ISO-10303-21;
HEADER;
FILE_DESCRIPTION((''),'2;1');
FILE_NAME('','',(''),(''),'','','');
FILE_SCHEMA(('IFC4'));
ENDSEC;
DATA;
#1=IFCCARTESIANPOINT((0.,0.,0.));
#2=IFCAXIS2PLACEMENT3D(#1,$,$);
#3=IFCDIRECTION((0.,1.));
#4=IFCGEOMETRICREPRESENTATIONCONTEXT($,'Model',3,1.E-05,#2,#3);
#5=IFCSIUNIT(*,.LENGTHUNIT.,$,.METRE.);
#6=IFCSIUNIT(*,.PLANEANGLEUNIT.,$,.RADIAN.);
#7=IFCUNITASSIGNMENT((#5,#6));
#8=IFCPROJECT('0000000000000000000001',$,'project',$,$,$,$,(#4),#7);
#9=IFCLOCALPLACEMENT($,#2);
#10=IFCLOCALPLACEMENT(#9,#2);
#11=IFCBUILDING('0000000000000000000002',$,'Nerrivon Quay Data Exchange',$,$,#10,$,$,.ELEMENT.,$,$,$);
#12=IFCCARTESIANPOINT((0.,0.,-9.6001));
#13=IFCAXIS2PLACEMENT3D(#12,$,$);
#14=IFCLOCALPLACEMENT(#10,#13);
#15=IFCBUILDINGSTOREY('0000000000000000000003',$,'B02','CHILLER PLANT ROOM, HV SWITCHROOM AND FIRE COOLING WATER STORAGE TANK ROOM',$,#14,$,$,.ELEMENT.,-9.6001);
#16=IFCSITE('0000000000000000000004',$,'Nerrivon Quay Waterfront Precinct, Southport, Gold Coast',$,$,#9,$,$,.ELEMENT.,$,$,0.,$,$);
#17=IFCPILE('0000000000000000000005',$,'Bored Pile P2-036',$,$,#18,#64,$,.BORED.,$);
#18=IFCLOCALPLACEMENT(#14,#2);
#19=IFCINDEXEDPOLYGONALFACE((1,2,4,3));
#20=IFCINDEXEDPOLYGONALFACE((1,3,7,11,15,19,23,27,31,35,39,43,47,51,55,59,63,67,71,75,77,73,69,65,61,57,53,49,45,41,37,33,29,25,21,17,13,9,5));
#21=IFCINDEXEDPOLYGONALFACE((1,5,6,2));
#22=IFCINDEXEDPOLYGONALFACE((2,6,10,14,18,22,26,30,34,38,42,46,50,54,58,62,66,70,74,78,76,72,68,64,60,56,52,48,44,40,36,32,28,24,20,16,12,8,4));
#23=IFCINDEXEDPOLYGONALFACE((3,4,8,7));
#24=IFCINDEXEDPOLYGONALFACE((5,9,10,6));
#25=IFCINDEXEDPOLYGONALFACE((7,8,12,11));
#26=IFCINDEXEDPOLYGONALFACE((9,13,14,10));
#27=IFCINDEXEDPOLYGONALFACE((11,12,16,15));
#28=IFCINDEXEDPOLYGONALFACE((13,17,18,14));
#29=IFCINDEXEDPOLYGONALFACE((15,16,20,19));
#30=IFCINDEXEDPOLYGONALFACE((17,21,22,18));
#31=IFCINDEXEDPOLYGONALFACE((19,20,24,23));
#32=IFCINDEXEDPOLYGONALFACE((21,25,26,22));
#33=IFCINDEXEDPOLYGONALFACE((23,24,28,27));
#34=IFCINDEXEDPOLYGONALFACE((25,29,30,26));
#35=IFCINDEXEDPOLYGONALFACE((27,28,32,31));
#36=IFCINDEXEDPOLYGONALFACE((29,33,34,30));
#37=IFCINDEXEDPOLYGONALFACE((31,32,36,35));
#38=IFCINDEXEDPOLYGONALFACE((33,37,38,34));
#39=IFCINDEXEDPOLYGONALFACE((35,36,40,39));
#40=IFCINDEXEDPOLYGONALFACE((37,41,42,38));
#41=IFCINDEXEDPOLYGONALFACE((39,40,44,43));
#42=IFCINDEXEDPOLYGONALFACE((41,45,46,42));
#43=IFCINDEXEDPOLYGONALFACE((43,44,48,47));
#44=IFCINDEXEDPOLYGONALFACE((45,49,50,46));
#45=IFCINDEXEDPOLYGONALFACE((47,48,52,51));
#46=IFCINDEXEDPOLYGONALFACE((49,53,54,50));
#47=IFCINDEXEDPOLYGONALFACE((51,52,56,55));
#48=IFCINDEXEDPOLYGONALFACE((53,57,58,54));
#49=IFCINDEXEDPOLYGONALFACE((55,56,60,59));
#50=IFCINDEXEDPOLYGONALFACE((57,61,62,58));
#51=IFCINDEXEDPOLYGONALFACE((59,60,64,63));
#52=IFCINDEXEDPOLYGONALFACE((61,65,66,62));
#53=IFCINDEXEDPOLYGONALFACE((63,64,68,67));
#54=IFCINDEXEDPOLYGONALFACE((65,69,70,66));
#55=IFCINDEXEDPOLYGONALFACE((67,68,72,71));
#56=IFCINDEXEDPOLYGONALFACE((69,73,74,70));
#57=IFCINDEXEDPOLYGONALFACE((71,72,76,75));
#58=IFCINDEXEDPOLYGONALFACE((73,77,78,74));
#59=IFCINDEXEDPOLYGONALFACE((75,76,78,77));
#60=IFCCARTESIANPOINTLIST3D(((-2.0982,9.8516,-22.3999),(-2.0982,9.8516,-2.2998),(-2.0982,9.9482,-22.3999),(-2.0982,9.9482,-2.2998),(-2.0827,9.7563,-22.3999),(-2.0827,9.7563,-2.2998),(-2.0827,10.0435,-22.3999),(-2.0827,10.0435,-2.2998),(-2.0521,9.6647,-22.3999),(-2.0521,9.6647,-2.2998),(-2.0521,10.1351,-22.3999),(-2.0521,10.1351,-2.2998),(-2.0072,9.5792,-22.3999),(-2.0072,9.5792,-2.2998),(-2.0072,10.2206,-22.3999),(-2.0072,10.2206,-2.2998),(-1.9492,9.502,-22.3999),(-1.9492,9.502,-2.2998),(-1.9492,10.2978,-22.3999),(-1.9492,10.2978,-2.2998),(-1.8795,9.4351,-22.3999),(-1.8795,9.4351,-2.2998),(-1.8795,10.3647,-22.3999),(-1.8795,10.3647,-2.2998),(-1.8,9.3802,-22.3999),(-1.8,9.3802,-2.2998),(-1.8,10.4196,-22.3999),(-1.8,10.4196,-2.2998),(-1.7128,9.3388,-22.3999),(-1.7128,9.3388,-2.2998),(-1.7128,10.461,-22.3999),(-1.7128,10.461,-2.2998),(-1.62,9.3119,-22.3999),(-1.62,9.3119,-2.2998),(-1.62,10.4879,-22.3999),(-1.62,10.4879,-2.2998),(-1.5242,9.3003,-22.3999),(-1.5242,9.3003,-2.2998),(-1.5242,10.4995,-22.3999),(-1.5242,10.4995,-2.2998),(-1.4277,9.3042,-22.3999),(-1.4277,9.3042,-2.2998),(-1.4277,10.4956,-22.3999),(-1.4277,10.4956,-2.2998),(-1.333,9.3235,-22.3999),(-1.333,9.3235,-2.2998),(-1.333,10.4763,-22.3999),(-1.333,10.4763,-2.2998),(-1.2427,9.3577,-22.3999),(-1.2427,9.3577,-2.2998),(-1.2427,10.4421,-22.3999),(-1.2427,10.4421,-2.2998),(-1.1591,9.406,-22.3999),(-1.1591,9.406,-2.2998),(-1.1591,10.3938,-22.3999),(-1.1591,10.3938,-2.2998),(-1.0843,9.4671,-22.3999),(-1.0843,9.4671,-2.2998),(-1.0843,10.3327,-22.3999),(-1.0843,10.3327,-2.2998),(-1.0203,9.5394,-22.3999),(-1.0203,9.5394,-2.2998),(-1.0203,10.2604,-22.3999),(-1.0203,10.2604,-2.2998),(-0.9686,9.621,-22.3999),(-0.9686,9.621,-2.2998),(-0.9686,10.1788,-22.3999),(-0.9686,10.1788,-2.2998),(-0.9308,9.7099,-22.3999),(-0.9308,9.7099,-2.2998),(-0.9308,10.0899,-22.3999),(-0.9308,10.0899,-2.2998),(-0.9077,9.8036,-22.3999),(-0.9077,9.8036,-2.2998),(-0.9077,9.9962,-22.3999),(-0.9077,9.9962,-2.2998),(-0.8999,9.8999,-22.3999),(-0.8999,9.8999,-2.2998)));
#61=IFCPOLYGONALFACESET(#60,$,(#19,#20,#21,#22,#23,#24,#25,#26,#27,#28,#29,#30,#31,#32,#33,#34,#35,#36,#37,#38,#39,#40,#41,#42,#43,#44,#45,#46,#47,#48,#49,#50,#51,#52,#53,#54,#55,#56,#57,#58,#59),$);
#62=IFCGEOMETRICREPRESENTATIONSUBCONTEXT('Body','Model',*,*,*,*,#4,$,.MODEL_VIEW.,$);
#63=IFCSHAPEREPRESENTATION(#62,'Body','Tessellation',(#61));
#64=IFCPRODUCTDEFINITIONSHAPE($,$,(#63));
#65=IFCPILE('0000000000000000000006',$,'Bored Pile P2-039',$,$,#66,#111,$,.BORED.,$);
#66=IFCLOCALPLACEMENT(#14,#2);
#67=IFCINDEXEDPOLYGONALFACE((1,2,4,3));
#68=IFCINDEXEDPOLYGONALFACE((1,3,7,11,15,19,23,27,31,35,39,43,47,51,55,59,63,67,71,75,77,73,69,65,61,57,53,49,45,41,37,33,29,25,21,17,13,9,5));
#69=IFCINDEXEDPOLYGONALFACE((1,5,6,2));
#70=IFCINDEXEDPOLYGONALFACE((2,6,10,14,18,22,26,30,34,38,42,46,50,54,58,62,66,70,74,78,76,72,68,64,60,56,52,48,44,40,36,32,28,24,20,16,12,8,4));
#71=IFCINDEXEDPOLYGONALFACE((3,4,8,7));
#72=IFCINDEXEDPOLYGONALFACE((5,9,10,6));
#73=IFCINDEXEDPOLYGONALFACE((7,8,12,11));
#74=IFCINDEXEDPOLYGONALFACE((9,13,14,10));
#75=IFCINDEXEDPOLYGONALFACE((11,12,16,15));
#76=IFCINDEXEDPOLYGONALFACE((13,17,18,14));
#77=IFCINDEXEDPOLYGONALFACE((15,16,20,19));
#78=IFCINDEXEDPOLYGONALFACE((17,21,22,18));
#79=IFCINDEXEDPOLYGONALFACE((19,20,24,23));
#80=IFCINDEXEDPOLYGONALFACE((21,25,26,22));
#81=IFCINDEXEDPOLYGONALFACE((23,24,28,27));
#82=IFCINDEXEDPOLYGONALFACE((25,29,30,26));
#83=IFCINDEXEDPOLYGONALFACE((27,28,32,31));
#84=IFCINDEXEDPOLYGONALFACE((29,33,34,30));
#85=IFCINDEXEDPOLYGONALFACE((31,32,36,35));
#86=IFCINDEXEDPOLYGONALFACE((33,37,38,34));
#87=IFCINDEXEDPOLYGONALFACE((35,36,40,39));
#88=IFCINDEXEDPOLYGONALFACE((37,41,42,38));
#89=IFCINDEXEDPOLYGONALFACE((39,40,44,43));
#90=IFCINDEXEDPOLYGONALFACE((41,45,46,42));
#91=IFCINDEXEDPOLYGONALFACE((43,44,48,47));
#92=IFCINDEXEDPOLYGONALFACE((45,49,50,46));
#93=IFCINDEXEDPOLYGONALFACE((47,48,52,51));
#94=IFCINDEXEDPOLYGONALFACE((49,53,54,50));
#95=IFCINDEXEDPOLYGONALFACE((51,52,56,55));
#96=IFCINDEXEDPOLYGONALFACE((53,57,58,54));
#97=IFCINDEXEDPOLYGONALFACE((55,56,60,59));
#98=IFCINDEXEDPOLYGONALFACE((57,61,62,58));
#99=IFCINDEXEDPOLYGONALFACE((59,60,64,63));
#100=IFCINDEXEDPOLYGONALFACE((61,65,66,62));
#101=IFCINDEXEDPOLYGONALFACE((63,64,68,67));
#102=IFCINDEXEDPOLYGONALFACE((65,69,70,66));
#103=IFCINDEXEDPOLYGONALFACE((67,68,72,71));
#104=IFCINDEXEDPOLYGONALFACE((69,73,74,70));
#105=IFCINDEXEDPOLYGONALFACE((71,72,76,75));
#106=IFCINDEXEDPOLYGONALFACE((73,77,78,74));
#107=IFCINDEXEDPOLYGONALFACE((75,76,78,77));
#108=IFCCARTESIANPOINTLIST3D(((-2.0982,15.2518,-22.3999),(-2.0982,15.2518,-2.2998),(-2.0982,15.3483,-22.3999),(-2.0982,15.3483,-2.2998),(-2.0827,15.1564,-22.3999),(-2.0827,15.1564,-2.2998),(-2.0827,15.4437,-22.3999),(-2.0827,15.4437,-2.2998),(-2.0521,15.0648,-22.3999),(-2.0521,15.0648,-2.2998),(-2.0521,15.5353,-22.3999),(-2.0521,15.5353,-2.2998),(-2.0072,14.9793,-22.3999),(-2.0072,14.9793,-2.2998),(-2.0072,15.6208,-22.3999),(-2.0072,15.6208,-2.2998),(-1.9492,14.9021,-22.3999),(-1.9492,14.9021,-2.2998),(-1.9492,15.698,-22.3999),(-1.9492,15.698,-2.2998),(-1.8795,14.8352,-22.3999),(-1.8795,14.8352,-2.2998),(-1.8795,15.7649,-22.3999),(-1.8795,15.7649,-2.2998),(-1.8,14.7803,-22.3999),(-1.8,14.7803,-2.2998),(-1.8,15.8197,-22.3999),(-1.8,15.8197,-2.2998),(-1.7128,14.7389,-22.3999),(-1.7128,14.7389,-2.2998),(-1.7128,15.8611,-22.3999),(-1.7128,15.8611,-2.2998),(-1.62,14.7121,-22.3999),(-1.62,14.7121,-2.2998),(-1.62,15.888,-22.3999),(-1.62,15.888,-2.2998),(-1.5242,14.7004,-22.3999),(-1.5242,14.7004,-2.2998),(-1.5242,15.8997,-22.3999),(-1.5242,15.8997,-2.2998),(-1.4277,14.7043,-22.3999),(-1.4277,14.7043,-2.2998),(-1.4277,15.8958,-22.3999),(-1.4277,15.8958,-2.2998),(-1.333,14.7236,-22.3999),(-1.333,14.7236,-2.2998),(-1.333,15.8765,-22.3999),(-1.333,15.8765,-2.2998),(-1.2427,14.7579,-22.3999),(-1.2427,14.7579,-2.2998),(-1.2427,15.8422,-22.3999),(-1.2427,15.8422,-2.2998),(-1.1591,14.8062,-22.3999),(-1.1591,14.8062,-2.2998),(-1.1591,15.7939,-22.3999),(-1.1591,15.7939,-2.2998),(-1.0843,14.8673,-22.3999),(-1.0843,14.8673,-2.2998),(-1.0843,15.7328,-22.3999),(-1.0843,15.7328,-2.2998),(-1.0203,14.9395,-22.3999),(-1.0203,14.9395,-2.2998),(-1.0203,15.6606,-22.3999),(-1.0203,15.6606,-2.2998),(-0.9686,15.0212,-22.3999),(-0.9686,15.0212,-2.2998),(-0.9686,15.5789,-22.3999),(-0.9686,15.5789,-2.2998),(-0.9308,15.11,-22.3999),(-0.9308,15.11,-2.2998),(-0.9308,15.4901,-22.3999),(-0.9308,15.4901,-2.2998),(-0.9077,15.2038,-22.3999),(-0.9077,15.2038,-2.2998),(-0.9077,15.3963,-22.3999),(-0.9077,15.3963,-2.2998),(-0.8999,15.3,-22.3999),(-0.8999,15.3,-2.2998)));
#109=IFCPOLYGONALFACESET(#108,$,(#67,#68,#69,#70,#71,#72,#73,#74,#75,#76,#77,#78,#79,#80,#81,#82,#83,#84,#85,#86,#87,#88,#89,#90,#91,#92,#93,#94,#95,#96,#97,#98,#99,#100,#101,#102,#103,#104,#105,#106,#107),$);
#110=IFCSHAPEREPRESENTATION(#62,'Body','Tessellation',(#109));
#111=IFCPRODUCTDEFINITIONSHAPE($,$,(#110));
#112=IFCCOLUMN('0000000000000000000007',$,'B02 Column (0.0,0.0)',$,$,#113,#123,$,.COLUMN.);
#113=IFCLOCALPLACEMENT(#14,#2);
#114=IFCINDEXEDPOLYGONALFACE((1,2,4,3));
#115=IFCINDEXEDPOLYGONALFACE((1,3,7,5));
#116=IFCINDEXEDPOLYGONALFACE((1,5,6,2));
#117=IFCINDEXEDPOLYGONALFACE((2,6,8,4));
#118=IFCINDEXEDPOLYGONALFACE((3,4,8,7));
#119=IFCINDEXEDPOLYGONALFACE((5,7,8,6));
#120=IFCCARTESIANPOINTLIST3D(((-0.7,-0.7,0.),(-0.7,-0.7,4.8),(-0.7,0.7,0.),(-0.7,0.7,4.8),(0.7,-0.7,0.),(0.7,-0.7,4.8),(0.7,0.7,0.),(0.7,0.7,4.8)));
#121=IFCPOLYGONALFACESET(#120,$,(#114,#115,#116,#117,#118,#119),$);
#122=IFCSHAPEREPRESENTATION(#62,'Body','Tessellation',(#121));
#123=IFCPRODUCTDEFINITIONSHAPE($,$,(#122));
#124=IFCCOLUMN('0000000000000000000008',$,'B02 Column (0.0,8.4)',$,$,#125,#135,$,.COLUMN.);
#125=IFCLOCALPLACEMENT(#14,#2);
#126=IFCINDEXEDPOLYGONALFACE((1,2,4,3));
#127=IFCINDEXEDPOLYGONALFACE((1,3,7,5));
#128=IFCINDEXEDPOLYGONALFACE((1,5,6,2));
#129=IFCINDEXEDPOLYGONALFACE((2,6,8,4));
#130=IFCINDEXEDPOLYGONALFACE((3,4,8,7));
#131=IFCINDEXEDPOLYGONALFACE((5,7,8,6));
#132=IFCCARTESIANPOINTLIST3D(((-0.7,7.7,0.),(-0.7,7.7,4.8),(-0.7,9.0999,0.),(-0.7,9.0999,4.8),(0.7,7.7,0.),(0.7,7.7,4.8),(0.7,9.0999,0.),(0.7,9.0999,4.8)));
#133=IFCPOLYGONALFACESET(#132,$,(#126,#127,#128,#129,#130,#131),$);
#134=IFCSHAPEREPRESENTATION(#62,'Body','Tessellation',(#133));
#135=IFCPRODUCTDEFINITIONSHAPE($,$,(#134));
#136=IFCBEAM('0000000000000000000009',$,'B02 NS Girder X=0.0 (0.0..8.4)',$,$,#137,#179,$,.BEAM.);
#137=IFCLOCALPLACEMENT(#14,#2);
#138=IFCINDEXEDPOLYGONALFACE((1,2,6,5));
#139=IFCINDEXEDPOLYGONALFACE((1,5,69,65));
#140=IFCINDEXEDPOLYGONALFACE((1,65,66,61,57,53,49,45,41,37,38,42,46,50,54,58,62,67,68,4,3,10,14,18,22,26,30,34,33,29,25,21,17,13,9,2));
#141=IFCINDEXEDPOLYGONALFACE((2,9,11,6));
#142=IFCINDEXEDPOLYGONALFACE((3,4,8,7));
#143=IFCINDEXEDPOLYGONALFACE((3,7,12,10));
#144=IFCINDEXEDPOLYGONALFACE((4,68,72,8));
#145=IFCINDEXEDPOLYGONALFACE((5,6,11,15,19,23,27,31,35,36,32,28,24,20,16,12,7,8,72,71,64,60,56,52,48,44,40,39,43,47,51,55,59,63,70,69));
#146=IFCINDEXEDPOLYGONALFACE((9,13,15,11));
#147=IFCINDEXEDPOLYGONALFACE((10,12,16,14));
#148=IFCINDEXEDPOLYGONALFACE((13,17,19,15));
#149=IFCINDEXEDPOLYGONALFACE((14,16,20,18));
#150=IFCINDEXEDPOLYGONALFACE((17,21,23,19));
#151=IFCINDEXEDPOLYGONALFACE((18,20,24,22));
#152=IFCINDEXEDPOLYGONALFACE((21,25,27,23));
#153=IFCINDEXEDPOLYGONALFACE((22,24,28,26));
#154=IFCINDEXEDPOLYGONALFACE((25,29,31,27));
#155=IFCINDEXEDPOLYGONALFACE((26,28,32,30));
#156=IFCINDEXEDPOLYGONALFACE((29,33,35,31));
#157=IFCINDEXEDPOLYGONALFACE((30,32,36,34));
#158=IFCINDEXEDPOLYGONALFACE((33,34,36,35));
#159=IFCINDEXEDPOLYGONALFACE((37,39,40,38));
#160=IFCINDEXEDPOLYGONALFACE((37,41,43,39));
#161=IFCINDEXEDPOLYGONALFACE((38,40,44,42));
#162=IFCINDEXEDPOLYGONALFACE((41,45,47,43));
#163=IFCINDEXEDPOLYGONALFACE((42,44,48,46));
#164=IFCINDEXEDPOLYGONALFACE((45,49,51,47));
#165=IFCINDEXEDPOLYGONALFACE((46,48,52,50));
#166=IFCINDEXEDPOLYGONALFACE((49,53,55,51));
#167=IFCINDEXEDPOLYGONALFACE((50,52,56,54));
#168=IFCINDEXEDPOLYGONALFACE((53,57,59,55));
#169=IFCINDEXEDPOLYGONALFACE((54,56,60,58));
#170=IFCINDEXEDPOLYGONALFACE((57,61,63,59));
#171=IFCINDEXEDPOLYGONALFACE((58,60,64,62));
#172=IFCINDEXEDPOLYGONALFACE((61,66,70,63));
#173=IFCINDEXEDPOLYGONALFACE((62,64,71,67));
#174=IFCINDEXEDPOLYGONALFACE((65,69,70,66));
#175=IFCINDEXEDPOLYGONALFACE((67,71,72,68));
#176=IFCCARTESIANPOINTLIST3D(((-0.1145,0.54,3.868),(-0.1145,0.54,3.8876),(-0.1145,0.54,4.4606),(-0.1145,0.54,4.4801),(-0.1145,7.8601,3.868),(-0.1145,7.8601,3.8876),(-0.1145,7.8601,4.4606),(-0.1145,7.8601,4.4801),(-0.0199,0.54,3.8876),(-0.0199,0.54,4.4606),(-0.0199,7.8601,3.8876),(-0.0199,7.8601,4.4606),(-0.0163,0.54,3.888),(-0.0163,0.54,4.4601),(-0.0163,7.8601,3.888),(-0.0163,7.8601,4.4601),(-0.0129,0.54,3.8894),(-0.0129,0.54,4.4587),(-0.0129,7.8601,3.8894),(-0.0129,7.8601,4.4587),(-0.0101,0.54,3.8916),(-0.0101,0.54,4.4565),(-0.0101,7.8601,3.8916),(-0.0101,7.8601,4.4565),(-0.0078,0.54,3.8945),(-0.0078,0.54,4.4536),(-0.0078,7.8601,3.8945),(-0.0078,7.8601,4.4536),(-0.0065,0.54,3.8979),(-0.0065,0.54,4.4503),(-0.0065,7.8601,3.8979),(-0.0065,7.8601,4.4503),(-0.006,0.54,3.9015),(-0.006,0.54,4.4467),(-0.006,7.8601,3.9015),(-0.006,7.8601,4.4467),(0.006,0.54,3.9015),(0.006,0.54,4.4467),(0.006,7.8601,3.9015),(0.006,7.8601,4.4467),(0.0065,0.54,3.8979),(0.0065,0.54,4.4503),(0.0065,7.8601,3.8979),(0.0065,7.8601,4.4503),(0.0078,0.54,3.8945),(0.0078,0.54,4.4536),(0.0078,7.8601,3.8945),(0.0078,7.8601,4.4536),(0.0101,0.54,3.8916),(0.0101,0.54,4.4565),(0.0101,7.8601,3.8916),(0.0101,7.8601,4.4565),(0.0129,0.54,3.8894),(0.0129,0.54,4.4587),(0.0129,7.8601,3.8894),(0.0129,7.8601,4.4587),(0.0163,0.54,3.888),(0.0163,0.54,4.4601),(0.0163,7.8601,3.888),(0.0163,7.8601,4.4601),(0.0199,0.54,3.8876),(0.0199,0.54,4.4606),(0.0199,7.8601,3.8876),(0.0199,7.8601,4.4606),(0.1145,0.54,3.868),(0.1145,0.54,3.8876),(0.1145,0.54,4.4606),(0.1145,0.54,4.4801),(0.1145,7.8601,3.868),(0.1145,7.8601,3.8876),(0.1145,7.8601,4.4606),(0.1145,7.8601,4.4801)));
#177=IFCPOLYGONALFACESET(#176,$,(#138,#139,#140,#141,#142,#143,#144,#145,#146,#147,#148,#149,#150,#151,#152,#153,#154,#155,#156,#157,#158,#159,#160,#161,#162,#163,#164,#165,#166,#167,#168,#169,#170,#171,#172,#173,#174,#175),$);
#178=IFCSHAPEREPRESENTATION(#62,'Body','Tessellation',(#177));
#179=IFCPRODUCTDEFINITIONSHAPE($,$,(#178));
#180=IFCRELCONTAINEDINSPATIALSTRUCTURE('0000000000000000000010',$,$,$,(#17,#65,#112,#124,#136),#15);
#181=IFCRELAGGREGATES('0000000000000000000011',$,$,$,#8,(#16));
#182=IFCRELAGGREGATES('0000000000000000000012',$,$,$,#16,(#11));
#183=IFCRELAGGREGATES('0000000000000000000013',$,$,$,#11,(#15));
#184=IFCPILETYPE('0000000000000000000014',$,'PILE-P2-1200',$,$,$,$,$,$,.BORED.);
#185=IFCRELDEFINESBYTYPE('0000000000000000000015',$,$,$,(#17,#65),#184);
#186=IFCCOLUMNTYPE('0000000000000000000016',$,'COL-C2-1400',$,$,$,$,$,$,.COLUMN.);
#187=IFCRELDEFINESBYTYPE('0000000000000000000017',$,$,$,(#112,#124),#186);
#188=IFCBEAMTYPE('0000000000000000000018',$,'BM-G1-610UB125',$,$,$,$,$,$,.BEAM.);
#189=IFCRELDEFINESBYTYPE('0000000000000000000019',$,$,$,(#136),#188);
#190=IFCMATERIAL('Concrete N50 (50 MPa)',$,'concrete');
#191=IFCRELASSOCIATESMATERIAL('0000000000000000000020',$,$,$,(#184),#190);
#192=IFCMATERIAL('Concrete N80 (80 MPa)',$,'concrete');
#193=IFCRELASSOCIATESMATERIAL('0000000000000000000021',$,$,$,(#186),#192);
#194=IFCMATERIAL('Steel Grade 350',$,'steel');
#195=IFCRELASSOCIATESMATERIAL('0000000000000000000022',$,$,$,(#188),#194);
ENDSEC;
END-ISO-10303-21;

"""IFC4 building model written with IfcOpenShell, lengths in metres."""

from ifc_helpers import new_model, si_unit, direction, frame, origin, origin_2d, place, context, subcontext, project, spatial, rectangle, circle, i_section, extrude, material, material_profile, profile_set, type_object, element, save


model = new_model("IFC4")

# Units and contexts
model_context = context("Model", 3, precision=1e-05, world=origin(), true_north=direction((0.0, 1.0)))
body_context = subcontext(model_context, "Body", "Model", "MODEL_VIEW")
ifc_project = project(units=[si_unit("LENGTHUNIT", "METRE"), si_unit("PLANEANGLEUNIT", "RADIAN")], contexts=[model_context])

# Site, building, storey
site_placement = place(None, origin())
site = spatial("IfcSite", under=ifc_project, at=site_placement, Name="Nerrivon Quay Waterfront Precinct, Southport, Gold Coast", CompositionType="ELEMENT", RefElevation=0.0)
building_placement = place(site_placement, origin())
building = spatial("IfcBuilding", under=site, at=building_placement, Name="Nerrivon Quay Data Exchange", CompositionType="ELEMENT")
storey_placement = place(building_placement, frame((0.0, 0.0, -9.6001)))
storey = spatial("IfcBuildingStorey", under=building, at=storey_placement, Name="B02", Description="CHILLER PLANT ROOM, HV SWITCHROOM AND FIRE COOLING WATER STORAGE TANK ROOM", CompositionType="ELEMENT", Elevation=-9.6001)

# Shared definitions
ifc_material_1 = material(Name="Concrete N50 (50 MPa)", Category="concrete")

# Piles
ifc_material_profile_1 = material_profile(ifc_material_1, circle(Radius=0.6001, at=origin_2d()), Name="PILE-1200")
ifc_profile_set_1 = profile_set([ifc_material_profile_1], Name="Concrete N50 (50 MPa)")
pile_type = type_object("IfcPileType", Name="PILE-P2-1200", PredefinedType="BORED", material=ifc_profile_set_1)
for number, where, z_axis, x_axis, name in (
    (1, (-1.5, 9.8999, -2.2998), (0.0, 0.0, -1.0), (1.0, 0.0, 0.0), "Bored Pile P2-036"),
    (2, (-1.5, 15.3, -2.2998), (0.0, 0.0, -1.0), (1.0, 0.0, 0.0), "Bored Pile P2-039"),
):
    element("IfcPile", number, at=place(storey_placement, frame(where, z_axis=z_axis, x_axis=x_axis)), inside=storey, type_object=pile_type, Name=name, PredefinedType="BORED", context=body_context, shape_type="SweptSolid", body=[
        extrude(circle(Radius=0.6001, at=origin_2d()), origin(), (0.0, 0.0, 1.0), 20.1001),
    ])

# Columns
ifc_material_2 = material(Name="Concrete N80 (80 MPa)", Category="concrete")
ifc_material_profile_2 = material_profile(ifc_material_2, rectangle(XDim=1.3999, YDim=1.3999, at=origin_2d()), Name="RC-COL-1400x1400")
ifc_profile_set_2 = profile_set([ifc_material_profile_2], Name="Concrete N80 (80 MPa)")
column_type = type_object("IfcColumnType", Name="COL-C2-1400", PredefinedType="COLUMN", material=ifc_profile_set_2)
for number, where, z_axis, x_axis, name in (
    (3, (0.0, 0.0, 0.0), (0.0, 0.0, 1.0), (1.0, 0.0, 0.0), "B02 Column (0.0,0.0)"),
    (4, (0.0, 8.3999, 0.0), (0.0, 0.0, 1.0), (1.0, 0.0, 0.0), "B02 Column (0.0,8.4)"),
):
    element("IfcColumn", number, at=place(storey_placement, frame(where, z_axis=z_axis, x_axis=x_axis)), inside=storey, type_object=column_type, Name=name, PredefinedType="COLUMN", context=body_context, shape_type="SweptSolid", body=[
        extrude(rectangle(XDim=1.3999, YDim=1.3999, at=origin_2d()), origin(), (0.0, 0.0, 1.0), 4.8),
    ])

# Beam
ifc_material_3 = material(Name="Steel Grade 350", Category="steel")
ifc_material_profile_3 = material_profile(ifc_material_3, i_section(OverallWidth=0.229, OverallDepth=0.6121, WebThickness=0.012, FlangeThickness=0.0195, FilletRadius=0.0139, at=origin_2d()), Name="610UB125")
ifc_profile_set_3 = profile_set([ifc_material_profile_3], Name="Steel Grade 350")
beam_type_1 = type_object("IfcBeamType", Name="BM-G1-610UB125", PredefinedType="BEAM", material=ifc_profile_set_3)
for number, where, z_axis, x_axis, name in (
    (5, (0.0, 0.54, 4.1741), (0.0, 1.0, 0.0), (-1.0, 0.0, 0.0), "B02 NS Girder X=0.0 (0.0..8.4)"),
):
    element("IfcBeam", number, at=place(storey_placement, frame(where, z_axis=z_axis, x_axis=x_axis)), inside=storey, type_object=beam_type_1, Name=name, PredefinedType="BEAM", context=body_context, shape_type="SweptSolid", body=[
        extrude(i_section(OverallWidth=0.229, OverallDepth=0.6121, WebThickness=0.012, FlangeThickness=0.0195, FilletRadius=0.0139, at=origin_2d()), origin(), (0.0, 0.0, 1.0), 7.3201),
    ])

save(model, "model.ifc")
